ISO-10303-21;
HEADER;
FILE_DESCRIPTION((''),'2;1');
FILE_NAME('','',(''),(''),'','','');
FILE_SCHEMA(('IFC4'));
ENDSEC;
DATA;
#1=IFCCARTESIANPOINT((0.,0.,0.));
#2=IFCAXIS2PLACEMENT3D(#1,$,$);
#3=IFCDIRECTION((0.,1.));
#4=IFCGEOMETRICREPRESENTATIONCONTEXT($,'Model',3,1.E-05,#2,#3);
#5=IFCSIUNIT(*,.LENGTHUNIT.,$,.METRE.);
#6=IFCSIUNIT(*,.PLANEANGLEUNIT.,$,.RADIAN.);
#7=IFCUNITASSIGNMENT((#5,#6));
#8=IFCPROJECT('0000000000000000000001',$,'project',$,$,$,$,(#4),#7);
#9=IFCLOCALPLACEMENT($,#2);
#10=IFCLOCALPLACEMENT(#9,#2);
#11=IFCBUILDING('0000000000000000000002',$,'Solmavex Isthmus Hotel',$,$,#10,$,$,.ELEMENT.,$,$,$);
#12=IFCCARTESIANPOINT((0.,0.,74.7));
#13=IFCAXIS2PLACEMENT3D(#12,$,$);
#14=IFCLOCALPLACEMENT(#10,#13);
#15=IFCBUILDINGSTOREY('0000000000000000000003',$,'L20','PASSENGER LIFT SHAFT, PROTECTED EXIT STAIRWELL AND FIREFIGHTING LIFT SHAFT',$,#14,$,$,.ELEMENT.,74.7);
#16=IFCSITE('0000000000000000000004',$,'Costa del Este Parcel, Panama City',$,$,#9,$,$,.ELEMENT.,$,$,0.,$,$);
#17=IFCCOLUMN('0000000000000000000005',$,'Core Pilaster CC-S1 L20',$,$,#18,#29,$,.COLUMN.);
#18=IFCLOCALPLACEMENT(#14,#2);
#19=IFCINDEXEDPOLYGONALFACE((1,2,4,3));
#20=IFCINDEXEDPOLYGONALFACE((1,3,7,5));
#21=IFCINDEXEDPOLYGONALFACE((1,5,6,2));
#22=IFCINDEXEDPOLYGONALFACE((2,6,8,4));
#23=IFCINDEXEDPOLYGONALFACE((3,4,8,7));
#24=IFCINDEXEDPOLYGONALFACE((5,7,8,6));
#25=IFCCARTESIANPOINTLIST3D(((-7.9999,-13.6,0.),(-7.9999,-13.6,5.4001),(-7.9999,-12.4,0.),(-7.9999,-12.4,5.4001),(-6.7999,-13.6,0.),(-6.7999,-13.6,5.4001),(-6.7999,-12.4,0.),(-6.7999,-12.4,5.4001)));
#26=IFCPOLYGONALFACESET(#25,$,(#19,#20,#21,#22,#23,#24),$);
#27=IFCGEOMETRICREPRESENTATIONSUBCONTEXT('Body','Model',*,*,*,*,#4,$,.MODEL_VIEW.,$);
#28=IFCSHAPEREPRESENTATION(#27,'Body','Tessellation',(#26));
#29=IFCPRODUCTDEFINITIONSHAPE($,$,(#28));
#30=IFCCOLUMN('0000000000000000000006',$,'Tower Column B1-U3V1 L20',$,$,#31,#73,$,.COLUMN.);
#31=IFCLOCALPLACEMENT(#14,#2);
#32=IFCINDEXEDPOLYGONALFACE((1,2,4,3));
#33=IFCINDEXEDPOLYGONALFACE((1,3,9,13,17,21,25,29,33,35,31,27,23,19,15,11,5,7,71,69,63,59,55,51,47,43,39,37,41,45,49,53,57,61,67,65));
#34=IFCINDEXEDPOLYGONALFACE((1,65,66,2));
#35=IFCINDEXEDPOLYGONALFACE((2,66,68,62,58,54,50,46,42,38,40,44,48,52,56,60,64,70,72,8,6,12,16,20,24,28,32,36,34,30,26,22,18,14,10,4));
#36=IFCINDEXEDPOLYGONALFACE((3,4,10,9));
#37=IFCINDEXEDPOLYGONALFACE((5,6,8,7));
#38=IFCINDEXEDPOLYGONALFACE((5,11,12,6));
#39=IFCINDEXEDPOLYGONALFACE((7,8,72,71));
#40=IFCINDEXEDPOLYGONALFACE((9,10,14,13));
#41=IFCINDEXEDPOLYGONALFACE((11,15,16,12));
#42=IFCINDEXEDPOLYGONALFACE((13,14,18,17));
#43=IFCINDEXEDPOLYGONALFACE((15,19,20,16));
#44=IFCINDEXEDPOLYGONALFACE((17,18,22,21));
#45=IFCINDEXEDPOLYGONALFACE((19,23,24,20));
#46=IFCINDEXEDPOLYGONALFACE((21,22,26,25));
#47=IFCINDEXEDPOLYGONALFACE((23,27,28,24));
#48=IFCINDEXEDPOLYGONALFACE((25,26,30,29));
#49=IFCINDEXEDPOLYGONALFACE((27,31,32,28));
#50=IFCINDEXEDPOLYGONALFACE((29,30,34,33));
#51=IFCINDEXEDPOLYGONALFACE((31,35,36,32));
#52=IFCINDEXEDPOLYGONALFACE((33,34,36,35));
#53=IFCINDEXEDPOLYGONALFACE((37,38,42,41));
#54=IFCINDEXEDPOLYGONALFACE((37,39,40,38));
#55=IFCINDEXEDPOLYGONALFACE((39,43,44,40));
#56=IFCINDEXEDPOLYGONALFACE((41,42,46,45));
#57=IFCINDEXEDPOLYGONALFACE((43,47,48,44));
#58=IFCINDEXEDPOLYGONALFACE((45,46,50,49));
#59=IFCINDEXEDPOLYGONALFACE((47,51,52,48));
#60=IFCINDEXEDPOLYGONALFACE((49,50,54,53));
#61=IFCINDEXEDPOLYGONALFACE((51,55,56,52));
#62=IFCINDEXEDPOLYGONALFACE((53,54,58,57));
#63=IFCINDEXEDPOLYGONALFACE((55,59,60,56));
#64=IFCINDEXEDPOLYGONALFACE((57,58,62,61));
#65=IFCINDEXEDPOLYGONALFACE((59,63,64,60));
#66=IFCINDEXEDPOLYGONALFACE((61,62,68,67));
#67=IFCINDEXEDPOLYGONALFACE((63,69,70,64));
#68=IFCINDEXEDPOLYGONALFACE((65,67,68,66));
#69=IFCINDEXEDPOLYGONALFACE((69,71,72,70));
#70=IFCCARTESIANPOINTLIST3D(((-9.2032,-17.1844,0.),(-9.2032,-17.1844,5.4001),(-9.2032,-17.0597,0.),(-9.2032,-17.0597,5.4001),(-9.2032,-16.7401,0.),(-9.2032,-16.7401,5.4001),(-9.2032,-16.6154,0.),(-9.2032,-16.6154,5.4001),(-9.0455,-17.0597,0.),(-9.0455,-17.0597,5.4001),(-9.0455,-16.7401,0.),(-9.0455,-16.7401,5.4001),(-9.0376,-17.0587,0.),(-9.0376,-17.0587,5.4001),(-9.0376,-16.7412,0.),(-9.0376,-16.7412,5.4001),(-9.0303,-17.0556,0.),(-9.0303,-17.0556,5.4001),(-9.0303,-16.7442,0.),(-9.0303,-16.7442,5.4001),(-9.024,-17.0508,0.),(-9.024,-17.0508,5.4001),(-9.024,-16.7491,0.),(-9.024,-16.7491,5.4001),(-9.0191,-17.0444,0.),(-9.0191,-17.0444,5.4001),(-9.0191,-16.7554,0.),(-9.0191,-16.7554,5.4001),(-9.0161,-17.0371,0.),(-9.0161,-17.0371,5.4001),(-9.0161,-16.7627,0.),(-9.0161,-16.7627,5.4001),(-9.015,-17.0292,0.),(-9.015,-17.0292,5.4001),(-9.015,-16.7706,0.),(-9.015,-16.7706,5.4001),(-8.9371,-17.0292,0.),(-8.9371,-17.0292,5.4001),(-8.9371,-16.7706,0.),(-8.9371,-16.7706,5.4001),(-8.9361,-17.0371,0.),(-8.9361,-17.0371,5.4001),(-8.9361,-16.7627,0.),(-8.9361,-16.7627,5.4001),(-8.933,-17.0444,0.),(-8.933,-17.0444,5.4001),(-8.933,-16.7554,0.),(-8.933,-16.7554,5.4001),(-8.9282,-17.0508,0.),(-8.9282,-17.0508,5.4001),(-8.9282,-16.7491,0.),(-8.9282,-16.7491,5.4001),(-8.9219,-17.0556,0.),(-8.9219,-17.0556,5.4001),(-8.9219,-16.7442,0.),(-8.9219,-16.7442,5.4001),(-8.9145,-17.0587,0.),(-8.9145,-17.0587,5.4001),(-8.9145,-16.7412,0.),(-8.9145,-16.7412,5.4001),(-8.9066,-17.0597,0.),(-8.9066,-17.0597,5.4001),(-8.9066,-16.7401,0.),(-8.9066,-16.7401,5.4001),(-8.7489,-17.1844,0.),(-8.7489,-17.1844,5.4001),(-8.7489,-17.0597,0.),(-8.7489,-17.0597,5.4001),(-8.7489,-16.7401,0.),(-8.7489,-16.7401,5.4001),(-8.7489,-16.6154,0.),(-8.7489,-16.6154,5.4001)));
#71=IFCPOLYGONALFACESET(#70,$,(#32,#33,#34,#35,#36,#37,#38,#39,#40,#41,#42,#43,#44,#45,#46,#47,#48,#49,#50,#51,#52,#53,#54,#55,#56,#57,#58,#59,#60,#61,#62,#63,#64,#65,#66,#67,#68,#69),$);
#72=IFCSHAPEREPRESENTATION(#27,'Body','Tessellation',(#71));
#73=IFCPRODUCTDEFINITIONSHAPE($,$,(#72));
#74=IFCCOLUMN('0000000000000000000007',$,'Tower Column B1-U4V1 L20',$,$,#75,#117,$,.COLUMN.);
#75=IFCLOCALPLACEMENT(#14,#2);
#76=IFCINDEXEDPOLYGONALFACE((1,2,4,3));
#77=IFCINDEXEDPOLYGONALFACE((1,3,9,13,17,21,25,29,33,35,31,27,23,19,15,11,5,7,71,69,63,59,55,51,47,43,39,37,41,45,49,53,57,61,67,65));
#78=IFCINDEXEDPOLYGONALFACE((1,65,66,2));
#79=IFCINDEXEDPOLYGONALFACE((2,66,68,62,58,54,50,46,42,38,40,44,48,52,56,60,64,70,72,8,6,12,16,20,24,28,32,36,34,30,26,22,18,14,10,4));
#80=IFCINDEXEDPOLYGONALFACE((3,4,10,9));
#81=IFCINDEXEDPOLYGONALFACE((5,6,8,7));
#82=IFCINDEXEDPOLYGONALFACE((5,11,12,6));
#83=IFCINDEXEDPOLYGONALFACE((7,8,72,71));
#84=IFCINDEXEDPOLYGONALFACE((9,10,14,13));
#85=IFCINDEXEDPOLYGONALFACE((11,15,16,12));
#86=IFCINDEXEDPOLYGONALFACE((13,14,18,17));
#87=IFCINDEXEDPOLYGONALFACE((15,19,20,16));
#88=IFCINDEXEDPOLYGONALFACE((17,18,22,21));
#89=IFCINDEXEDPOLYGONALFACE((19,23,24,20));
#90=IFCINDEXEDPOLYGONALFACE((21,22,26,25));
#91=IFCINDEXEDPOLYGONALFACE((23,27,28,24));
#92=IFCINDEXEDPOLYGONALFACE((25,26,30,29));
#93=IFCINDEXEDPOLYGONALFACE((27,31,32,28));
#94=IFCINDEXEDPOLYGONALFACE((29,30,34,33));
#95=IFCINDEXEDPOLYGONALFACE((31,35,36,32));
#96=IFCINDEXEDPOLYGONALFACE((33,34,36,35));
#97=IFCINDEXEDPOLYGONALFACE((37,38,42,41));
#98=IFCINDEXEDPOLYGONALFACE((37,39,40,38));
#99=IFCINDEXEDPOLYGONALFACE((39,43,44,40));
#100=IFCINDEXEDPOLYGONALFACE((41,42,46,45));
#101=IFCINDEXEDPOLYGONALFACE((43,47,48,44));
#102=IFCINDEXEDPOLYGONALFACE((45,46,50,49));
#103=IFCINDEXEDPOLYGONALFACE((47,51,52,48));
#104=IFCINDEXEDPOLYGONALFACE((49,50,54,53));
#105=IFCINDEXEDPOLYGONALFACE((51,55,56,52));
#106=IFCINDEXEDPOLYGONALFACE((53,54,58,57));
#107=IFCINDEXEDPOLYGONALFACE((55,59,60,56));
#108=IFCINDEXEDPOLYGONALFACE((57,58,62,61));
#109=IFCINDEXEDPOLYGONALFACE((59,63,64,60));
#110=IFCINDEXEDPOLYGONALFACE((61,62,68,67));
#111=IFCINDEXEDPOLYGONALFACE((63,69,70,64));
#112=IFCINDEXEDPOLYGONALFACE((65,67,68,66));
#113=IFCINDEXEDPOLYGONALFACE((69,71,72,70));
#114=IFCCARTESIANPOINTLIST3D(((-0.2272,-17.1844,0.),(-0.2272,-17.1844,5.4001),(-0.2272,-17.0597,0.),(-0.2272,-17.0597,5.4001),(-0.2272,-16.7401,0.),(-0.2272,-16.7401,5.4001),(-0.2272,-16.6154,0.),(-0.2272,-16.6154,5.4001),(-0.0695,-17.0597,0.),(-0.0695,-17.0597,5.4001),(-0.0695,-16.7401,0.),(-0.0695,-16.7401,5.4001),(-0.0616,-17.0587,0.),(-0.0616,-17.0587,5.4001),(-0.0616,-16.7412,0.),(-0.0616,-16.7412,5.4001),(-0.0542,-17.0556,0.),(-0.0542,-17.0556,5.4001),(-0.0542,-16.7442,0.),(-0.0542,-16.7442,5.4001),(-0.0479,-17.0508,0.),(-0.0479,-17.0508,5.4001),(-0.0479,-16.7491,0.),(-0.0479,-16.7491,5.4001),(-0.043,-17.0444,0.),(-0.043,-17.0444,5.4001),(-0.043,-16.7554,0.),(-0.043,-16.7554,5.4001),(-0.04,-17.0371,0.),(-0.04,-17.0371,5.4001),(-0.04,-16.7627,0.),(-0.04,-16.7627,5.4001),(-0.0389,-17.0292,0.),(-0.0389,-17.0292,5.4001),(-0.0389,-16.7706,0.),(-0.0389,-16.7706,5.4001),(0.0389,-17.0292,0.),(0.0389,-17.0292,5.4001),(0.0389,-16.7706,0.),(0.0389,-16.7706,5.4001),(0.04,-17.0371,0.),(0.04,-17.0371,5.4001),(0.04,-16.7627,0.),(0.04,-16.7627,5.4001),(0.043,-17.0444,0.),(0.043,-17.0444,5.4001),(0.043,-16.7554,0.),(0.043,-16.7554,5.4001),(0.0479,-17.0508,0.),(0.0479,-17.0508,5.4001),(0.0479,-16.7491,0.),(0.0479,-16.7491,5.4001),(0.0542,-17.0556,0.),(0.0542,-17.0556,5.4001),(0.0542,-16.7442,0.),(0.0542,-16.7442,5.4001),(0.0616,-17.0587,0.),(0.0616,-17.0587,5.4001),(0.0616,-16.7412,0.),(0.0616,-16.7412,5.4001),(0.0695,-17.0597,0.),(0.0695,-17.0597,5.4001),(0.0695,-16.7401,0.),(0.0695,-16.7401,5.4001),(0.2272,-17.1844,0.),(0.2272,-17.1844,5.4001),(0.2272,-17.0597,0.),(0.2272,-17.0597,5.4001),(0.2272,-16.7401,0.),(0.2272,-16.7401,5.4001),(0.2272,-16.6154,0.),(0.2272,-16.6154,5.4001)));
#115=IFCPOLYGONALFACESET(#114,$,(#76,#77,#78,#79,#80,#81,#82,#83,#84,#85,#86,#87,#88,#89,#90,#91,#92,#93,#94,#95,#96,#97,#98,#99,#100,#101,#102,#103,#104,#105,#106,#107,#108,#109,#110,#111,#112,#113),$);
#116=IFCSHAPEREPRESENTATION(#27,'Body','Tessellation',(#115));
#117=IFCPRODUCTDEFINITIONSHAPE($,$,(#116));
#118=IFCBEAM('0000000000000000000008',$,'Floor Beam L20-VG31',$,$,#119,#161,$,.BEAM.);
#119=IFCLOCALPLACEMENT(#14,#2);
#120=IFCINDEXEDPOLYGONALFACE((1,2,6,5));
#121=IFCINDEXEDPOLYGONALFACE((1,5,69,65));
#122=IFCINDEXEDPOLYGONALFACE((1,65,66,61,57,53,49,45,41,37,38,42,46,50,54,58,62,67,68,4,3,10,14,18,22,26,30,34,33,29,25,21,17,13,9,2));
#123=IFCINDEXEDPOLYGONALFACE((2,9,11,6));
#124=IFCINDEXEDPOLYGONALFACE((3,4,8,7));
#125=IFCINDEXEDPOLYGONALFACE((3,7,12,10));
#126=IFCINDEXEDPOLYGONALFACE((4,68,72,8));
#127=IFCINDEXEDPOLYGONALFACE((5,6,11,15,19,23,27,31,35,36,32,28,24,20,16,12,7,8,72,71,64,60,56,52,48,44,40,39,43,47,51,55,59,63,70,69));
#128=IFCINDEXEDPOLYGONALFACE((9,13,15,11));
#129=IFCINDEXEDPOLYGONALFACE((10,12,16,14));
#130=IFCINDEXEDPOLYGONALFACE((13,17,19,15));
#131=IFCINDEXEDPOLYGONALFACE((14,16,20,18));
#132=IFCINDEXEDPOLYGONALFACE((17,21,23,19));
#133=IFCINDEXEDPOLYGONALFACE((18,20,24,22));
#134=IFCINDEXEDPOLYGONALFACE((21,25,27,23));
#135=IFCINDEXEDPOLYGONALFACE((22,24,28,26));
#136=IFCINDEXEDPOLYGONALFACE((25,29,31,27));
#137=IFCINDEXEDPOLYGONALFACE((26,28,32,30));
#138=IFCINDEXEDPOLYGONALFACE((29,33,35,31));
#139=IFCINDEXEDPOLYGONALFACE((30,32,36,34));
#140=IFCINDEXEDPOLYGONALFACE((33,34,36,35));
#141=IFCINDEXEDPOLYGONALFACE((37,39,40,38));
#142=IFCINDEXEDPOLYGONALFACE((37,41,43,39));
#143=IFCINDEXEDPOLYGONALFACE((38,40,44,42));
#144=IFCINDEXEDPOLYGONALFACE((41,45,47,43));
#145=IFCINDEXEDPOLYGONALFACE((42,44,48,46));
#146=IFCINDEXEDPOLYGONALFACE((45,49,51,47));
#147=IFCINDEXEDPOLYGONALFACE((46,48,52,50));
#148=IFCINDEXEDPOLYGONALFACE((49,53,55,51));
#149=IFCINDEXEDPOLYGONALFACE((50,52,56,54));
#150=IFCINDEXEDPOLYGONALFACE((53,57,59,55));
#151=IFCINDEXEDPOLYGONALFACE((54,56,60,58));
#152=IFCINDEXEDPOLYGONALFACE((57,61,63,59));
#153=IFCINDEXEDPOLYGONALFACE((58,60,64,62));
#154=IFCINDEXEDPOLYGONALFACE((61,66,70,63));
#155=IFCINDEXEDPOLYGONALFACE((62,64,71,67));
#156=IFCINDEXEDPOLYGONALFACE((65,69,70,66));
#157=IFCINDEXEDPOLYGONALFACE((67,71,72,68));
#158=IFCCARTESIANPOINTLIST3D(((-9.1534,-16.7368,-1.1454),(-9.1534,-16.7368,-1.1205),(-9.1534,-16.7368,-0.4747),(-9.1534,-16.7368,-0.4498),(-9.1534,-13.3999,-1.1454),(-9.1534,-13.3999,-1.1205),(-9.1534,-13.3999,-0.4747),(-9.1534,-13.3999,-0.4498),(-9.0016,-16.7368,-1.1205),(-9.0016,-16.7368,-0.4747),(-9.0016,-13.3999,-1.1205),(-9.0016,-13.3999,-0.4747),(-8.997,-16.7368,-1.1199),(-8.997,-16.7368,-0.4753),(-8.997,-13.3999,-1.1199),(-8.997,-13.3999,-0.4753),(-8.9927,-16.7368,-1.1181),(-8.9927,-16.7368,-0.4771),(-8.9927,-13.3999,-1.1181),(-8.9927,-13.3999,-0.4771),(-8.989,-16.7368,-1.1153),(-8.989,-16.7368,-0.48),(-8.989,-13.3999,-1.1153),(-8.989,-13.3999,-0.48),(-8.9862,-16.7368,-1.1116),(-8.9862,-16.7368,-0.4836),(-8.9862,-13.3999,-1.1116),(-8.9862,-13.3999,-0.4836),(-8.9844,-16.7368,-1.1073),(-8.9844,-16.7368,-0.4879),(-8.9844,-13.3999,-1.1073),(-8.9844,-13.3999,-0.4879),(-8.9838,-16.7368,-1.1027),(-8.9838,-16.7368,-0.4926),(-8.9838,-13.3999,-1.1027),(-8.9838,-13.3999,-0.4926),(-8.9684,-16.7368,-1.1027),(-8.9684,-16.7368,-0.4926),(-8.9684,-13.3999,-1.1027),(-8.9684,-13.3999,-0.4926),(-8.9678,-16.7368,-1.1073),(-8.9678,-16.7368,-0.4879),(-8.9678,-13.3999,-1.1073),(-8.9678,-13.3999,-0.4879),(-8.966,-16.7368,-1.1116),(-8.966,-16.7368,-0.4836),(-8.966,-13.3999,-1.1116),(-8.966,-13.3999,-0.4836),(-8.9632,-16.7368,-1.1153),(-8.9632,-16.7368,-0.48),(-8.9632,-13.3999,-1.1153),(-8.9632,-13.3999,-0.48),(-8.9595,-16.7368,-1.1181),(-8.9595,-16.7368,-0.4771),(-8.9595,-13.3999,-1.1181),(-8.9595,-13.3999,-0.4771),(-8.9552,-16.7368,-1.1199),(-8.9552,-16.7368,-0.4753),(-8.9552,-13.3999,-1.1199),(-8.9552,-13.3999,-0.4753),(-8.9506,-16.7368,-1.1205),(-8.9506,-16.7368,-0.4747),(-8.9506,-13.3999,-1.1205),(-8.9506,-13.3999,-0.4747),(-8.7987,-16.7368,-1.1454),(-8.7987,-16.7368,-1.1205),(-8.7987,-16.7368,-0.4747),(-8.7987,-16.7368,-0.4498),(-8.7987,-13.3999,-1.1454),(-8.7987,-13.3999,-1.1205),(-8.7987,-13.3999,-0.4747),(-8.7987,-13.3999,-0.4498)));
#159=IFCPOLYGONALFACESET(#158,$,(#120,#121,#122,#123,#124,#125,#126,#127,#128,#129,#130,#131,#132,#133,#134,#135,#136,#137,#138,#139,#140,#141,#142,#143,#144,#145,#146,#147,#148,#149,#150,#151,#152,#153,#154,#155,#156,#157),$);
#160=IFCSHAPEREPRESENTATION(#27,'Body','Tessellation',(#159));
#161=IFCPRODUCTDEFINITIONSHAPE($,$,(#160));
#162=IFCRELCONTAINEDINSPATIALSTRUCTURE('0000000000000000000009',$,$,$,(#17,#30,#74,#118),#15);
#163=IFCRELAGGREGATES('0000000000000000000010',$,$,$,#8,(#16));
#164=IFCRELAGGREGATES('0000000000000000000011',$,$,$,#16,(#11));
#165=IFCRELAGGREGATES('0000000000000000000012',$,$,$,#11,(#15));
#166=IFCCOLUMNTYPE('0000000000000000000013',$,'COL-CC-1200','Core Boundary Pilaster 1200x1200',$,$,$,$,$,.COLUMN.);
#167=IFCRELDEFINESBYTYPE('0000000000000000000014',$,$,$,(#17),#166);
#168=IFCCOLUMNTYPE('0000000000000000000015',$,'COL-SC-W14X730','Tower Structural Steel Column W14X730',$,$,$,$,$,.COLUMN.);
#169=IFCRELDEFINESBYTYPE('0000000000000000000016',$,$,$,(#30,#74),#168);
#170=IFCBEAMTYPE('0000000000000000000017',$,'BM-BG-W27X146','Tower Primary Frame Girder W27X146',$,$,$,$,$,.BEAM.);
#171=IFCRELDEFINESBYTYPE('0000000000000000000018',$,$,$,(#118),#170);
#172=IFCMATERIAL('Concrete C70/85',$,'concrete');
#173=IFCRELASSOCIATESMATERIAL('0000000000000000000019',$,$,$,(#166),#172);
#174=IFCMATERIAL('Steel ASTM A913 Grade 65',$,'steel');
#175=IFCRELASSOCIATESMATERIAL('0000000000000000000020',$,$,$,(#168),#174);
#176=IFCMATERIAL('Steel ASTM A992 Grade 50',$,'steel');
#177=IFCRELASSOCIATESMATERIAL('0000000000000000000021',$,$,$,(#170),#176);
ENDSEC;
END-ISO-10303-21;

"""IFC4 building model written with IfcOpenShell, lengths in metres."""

from ifc_helpers import new_model, si_unit, direction, frame, origin, origin_2d, place, context, subcontext, project, spatial, rectangle, i_section, extrude, material, material_profile, profile_set, type_object, element, save


model = new_model("IFC4")

# Units and contexts
model_context = context("Model", 3, precision=1e-05, world=origin(), true_north=direction((0.0, 1.0)))
body_context = subcontext(model_context, "Body", "Model", "MODEL_VIEW")
ifc_project = project(units=[si_unit("LENGTHUNIT", "METRE"), si_unit("PLANEANGLEUNIT", "RADIAN")], contexts=[model_context])

# Site, building, storey
site_placement = place(None, origin())
site = spatial("IfcSite", under=ifc_project, at=site_placement, Name="Costa del Este Parcel, Panama City", CompositionType="ELEMENT", RefElevation=0.0)
building_placement = place(site_placement, origin())
building = spatial("IfcBuilding", under=site, at=building_placement, Name="Solmavex Isthmus Hotel", CompositionType="ELEMENT")
storey_placement = place(building_placement, frame((0.0, 0.0, 74.7)))
storey = spatial("IfcBuildingStorey", under=building, at=storey_placement, Name="L20", Description="PASSENGER LIFT SHAFT, PROTECTED EXIT STAIRWELL AND FIREFIGHTING LIFT SHAFT", CompositionType="ELEMENT", Elevation=74.7)

# Columns
ifc_material_1 = material(Name="Concrete C70/85", Category="concrete")
ifc_material_profile_1 = material_profile(ifc_material_1, rectangle(XDim=1.2, YDim=1.2, at=origin_2d()), Name="RC1200X1200")
ifc_profile_set_1 = profile_set([ifc_material_profile_1], Name="Concrete C70/85")
column_type_1 = type_object("IfcColumnType", Name="COL-CC-1200", Description="Core Boundary Pilaster 1200x1200", PredefinedType="COLUMN", material=ifc_profile_set_1)
column_placement = place(storey_placement, frame((-7.3999, -13.0, 0.0), z_axis=(0.0, 0.0, 1.0), x_axis=(1.0, 0.0, 0.0)))
element("IfcColumn", 1, at=column_placement, inside=storey, type_object=column_type_1, Name="Core Pilaster CC-S1 L20", PredefinedType="COLUMN", context=body_context, shape_type="SweptSolid", body=[
    extrude(rectangle(XDim=1.2, YDim=1.2, at=origin_2d()), origin(), (0.0, 0.0, 1.0), 5.4001),
])
ifc_material_2 = material(Name="Steel ASTM A913 Grade 65", Category="steel")
ifc_material_profile_2 = material_profile(ifc_material_2, i_section(OverallWidth=0.4543, OverallDepth=0.5691, WebThickness=0.0779, FlangeThickness=0.1248, FilletRadius=0.0305, at=origin_2d()), Name="W14X730")
ifc_profile_set_2 = profile_set([ifc_material_profile_2], Name="Steel ASTM A913 Grade 65")
column_type_2 = type_object("IfcColumnType", Name="COL-SC-W14X730", Description="Tower Structural Steel Column W14X730", PredefinedType="COLUMN", material=ifc_profile_set_2)
for number, where, z_axis, x_axis, name in (
    (2, (-8.9761, -16.8999, 0.0), (0.0, 0.0, 1.0), (1.0, 0.0, 0.0), "Tower Column B1-U3V1 L20"),
    (3, (0.0, -16.8999, 0.0), (0.0, 0.0, 1.0), (1.0, 0.0, 0.0), "Tower Column B1-U4V1 L20"),
):
    element("IfcColumn", number, at=place(storey_placement, frame(where, z_axis=z_axis, x_axis=x_axis)), inside=storey, type_object=column_type_2, Name=name, PredefinedType="COLUMN", context=body_context, shape_type="SweptSolid", body=[
        extrude(i_section(OverallWidth=0.4543, OverallDepth=0.5691, WebThickness=0.0779, FlangeThickness=0.1248, FilletRadius=0.0305, at=origin_2d()), origin(), (0.0, 0.0, 1.0), 5.4001),
    ])

# Beam
ifc_material_3 = material(Name="Steel ASTM A992 Grade 50", Category="steel")
ifc_material_profile_3 = material_profile(ifc_material_3, i_section(OverallWidth=0.3547, OverallDepth=0.6956, WebThickness=0.0154, FlangeThickness=0.0249, FilletRadius=0.0178, at=origin_2d()), Name="W27X146")
ifc_profile_set_3 = profile_set([ifc_material_profile_3], Name="Steel ASTM A992 Grade 50")
beam_type_1 = type_object("IfcBeamType", Name="BM-BG-W27X146", Description="Tower Primary Frame Girder W27X146", PredefinedType="BEAM", material=ifc_profile_set_3)
for number, where, z_axis, x_axis, name in (
    (4, (-8.9761, -16.7368, -0.7976), (0.0, 1.0, 0.0), (-1.0, 0.0, 0.0), "Floor Beam L20-VG31"),
):
    element("IfcBeam", number, at=place(storey_placement, frame(where, z_axis=z_axis, x_axis=x_axis)), inside=storey, type_object=beam_type_1, Name=name, PredefinedType="BEAM", context=body_context, shape_type="SweptSolid", body=[
        extrude(i_section(OverallWidth=0.3547, OverallDepth=0.6956, WebThickness=0.0154, FlangeThickness=0.0249, FilletRadius=0.0178, at=origin_2d()), origin(), (0.0, 0.0, 1.0), 3.3369),
    ])

save(model, "model.ifc")
